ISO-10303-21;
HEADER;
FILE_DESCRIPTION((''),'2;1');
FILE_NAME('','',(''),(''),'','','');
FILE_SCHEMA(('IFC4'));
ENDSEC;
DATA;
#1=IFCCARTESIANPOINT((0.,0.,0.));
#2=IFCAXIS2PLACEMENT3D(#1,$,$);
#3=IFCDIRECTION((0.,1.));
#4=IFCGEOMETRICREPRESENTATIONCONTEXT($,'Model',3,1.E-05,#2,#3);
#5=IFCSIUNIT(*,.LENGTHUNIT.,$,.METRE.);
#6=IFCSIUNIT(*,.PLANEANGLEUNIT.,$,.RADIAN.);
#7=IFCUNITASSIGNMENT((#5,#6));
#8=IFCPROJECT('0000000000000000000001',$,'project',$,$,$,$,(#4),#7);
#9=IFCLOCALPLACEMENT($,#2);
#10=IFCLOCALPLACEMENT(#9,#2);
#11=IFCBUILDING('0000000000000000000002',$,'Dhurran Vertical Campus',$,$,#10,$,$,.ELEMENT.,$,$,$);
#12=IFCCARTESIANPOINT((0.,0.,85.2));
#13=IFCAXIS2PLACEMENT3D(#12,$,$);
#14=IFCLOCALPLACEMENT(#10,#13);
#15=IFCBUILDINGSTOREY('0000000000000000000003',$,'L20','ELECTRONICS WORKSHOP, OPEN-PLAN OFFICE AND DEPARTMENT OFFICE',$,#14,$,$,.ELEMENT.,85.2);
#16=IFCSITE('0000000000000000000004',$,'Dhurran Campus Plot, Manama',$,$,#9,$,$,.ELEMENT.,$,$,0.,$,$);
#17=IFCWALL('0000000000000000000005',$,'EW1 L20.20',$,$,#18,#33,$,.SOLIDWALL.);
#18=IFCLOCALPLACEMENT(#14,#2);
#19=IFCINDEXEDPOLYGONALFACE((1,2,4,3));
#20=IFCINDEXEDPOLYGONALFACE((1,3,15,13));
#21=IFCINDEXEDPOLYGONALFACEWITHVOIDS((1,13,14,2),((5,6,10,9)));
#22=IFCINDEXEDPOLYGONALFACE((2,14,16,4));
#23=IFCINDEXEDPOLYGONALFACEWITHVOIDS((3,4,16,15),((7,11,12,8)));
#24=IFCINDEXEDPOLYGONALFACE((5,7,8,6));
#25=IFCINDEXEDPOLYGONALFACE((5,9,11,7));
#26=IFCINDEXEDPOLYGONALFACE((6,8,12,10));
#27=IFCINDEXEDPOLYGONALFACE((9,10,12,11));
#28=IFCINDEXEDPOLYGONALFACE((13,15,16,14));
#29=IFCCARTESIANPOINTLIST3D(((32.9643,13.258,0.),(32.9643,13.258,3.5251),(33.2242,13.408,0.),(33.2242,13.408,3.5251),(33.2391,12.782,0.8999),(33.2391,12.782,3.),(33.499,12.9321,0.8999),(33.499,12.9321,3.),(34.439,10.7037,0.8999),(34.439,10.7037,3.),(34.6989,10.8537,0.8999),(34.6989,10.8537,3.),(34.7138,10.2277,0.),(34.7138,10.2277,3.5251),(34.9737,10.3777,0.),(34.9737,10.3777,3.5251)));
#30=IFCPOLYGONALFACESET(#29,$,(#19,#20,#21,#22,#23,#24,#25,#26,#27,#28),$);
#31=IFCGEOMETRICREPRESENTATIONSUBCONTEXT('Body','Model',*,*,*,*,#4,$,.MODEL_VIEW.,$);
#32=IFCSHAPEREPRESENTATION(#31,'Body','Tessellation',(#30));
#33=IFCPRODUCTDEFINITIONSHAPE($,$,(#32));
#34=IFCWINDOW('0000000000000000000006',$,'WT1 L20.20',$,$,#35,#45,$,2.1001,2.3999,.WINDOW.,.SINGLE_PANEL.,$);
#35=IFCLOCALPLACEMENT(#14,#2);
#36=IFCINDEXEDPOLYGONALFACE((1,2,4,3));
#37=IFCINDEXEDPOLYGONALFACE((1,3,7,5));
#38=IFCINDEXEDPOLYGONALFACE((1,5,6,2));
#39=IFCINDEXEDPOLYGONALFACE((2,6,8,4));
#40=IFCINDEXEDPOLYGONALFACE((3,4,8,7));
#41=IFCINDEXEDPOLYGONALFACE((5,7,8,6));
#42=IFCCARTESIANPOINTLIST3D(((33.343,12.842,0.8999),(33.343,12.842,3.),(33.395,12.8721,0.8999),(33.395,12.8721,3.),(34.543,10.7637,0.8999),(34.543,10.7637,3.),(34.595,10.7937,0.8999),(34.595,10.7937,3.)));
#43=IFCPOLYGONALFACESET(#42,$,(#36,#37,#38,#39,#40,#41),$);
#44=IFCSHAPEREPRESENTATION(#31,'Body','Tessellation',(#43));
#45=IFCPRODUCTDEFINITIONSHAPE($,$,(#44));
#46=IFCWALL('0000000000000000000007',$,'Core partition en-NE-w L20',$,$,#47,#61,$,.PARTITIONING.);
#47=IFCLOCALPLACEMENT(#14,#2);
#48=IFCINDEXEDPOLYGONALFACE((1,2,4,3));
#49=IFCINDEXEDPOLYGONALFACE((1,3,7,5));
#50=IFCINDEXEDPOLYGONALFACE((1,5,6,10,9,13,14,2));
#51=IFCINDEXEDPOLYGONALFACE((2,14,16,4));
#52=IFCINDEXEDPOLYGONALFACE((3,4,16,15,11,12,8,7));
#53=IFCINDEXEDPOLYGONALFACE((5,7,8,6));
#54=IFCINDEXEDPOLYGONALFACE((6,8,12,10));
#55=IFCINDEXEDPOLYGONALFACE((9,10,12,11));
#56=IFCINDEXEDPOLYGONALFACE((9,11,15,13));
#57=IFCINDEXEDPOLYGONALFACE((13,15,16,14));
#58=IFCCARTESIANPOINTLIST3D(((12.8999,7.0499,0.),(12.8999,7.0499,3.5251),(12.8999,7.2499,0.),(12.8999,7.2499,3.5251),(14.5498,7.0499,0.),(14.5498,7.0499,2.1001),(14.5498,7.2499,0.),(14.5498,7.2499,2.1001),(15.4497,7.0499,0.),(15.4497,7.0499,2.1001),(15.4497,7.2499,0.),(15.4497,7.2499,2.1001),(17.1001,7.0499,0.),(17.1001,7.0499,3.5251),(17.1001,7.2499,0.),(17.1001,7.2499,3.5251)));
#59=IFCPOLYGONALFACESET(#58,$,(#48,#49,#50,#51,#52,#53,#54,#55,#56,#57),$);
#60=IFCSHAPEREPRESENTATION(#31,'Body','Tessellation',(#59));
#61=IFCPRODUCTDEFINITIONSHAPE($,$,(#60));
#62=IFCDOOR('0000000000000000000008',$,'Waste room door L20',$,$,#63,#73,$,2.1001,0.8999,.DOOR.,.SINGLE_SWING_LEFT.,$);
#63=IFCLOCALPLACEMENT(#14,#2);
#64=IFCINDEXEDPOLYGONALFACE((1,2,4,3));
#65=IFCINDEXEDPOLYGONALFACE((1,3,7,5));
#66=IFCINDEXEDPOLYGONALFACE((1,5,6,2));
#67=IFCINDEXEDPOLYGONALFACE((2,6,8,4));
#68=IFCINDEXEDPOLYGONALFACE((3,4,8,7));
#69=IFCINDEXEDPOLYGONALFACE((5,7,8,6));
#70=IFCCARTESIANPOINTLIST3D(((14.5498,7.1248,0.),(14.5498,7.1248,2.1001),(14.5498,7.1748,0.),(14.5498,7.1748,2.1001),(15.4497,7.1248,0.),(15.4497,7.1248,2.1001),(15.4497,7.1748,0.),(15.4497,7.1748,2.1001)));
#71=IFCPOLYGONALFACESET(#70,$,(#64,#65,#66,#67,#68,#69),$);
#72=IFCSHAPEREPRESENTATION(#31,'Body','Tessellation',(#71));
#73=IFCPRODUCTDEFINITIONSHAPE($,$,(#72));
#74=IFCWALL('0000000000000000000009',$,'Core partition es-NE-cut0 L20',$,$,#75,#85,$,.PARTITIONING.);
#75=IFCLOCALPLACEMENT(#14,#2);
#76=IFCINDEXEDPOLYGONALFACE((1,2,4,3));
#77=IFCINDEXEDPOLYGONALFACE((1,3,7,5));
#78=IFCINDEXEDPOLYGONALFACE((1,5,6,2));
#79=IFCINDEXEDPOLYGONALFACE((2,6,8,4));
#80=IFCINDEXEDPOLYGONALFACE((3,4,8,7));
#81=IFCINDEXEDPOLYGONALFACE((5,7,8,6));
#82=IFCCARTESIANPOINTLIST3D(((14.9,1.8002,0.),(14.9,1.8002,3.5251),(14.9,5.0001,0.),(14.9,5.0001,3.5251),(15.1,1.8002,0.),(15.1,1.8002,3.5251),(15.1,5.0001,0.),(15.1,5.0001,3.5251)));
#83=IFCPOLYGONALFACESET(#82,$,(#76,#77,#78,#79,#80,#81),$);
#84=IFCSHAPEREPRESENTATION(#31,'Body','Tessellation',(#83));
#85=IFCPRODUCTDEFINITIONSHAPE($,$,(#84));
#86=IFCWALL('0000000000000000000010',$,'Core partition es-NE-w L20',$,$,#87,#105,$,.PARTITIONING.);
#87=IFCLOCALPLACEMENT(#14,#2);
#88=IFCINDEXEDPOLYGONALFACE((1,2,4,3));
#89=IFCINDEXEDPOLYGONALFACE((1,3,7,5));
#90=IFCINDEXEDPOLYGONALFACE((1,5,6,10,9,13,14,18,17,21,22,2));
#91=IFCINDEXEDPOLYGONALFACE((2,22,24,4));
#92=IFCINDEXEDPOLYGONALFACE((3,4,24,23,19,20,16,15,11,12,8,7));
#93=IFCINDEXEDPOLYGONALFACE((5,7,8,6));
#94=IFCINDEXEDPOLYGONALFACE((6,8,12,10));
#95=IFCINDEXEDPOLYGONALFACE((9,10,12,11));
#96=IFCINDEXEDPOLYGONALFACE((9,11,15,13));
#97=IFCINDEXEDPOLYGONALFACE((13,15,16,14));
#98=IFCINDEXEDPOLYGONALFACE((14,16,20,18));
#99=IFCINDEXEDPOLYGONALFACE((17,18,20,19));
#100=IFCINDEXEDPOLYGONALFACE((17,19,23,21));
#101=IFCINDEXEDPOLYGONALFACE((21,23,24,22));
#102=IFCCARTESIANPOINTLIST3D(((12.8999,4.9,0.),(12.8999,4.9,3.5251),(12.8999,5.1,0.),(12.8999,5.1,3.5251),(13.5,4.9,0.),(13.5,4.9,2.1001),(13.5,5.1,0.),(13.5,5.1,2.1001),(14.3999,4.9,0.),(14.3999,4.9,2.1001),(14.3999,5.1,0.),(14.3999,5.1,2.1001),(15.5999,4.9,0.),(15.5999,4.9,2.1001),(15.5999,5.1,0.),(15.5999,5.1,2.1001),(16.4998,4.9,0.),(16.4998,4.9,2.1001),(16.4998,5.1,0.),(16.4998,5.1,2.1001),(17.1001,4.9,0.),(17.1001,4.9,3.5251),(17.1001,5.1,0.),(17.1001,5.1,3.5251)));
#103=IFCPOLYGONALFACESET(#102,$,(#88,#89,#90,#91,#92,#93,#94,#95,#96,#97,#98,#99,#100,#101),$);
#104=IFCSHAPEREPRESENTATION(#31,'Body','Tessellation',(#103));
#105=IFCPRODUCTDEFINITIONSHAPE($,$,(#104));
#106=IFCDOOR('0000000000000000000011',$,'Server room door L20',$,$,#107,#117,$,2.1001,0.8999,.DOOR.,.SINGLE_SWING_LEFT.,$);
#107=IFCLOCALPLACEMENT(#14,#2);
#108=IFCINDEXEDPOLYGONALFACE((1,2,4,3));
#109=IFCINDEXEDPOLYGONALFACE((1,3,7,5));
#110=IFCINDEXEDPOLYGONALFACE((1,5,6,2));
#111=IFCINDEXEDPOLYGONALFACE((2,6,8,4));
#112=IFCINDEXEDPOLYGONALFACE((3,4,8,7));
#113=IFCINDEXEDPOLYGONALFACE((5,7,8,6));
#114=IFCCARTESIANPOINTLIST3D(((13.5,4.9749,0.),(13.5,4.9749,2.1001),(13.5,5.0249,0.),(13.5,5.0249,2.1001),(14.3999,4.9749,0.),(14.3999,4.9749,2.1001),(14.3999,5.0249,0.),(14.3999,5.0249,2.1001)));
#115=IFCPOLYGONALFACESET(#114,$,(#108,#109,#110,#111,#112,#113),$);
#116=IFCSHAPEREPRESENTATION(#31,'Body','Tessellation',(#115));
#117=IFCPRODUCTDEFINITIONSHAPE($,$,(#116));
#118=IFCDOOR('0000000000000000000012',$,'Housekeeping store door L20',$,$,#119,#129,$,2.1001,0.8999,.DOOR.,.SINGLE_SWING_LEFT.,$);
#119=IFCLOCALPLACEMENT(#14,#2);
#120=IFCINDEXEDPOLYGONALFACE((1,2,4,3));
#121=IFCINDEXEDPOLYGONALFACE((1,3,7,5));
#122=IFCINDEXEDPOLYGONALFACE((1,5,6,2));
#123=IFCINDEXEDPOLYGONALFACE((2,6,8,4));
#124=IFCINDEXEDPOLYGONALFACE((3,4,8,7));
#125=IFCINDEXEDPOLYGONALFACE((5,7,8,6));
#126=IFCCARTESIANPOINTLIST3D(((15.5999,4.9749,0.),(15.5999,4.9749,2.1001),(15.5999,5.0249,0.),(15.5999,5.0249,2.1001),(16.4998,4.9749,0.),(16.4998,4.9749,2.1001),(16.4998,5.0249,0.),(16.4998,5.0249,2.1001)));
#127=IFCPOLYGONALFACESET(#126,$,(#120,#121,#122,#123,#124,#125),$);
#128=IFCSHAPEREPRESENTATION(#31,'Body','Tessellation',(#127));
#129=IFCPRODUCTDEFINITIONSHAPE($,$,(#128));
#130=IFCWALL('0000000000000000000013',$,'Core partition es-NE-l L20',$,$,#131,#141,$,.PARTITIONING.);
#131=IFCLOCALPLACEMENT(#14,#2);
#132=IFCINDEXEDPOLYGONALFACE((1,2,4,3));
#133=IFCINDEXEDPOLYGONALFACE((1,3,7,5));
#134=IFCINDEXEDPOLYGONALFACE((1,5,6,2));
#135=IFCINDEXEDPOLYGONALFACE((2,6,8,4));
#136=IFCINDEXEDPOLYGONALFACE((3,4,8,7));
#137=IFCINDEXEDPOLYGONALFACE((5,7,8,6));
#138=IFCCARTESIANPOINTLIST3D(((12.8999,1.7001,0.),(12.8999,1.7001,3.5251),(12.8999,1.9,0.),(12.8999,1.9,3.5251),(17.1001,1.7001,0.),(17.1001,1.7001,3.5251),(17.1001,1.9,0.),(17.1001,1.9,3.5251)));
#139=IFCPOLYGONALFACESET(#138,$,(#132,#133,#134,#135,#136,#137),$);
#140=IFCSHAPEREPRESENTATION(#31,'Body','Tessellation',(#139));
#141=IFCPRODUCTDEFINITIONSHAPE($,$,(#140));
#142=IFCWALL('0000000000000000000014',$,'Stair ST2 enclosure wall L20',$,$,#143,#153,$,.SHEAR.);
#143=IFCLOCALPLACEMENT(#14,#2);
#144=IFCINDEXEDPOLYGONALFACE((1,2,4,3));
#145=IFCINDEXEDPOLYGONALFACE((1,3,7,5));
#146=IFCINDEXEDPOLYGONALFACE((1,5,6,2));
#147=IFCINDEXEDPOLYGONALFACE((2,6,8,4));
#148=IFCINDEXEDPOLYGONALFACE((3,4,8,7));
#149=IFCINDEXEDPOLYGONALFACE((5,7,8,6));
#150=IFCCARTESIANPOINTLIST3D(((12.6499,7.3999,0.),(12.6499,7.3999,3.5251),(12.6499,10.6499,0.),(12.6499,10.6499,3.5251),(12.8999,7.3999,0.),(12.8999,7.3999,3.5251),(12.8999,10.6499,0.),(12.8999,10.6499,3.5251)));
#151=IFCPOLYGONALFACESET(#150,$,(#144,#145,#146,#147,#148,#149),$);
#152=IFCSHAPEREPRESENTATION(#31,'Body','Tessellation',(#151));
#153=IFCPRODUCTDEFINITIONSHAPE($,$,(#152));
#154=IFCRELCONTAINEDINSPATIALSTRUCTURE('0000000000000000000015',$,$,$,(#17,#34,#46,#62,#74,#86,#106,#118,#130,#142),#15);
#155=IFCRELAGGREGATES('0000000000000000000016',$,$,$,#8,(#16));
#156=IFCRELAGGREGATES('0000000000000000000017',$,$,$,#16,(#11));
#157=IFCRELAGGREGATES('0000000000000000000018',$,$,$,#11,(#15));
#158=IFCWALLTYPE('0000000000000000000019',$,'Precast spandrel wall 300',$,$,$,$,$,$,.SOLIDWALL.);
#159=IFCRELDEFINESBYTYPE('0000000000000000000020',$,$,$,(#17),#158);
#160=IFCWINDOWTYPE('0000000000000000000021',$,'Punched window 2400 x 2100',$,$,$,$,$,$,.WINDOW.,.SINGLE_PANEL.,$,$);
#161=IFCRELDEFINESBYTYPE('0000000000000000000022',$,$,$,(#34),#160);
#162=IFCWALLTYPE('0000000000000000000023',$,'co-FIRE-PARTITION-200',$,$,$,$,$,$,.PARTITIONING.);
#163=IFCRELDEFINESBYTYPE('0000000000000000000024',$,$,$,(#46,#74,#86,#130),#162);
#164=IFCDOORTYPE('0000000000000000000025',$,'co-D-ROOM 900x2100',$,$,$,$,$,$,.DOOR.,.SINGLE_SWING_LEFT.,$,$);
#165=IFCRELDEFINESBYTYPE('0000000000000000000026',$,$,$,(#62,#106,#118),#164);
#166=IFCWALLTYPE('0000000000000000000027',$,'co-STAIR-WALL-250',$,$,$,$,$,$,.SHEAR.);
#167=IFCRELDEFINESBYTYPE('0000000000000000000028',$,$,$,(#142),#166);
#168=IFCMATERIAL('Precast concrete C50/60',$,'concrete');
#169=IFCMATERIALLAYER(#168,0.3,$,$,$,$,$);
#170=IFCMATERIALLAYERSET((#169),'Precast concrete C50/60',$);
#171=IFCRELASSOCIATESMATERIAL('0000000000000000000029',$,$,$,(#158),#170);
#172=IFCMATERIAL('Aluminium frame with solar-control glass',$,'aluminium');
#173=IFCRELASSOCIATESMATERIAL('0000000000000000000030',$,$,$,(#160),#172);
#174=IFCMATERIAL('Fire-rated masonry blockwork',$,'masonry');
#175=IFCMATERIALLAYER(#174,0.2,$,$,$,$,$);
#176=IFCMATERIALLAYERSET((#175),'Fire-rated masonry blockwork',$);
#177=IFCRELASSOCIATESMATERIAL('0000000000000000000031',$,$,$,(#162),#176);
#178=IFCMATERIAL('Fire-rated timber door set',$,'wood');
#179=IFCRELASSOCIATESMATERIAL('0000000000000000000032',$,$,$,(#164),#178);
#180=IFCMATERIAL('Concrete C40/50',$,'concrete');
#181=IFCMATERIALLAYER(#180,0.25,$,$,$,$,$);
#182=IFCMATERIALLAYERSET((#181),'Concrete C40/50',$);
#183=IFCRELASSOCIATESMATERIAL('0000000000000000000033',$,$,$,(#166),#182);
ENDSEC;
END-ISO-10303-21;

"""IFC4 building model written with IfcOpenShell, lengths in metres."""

from ifc_helpers import new_model, si_unit, direction, frame, frame_2d, origin, place, context, subcontext, project, spatial, rectangle, extrude, material, layer, layer_set, type_object, element, fill, save


model = new_model("IFC4")

# Units and contexts
model_context = context("Model", 3, precision=1e-05, world=origin(), true_north=direction((0.0, 1.0)))
body_context = subcontext(model_context, "Body", "Model", "MODEL_VIEW")
ifc_project = project(units=[si_unit("LENGTHUNIT", "METRE"), si_unit("PLANEANGLEUNIT", "RADIAN")], contexts=[model_context])

# Site, building, storey
site_placement = place(None, origin())
site = spatial("IfcSite", under=ifc_project, at=site_placement, Name="Dhurran Campus Plot, Manama", CompositionType="ELEMENT", RefElevation=0.0)
building_placement = place(site_placement, origin())
building = spatial("IfcBuilding", under=site, at=building_placement, Name="Dhurran Vertical Campus", CompositionType="ELEMENT")
storey_placement = place(building_placement, frame((0.0, 0.0, 85.2)))
storey = spatial("IfcBuildingStorey", under=building, at=storey_placement, Name="L20", Description="ELECTRONICS WORKSHOP, OPEN-PLAN OFFICE AND DEPARTMENT OFFICE", CompositionType="ELEMENT", Elevation=85.2)

# Wall, opening, window
ifc_material_1 = material(Name="Precast concrete C50/60", Category="concrete")
ifc_layer_1 = layer(ifc_material_1, 0.3)
ifc_layer_set_1 = layer_set([ifc_layer_1], Name="Precast concrete C50/60")
wall_type_1 = type_object("IfcWallType", Name="Precast spandrel wall 300", PredefinedType="SOLIDWALL", material=ifc_layer_set_1)
ifc_material_2 = material(Name="Aluminium frame with solar-control glass", Category="aluminium")
window_type = type_object("IfcWindowType", Name="Punched window 2400 x 2100", PartitioningType="SINGLE_PANEL", PredefinedType="WINDOW", material=ifc_material_2)
wall_1_placement = place(storey_placement, frame((34.8438, 10.3027, 0.0), z_axis=(0.0, 0.0, 1.0), x_axis=(-0.499996, 0.866028, 0.0)))
wall_1 = element("IfcWall", 1, at=wall_1_placement, inside=storey, type_object=wall_type_1, Name="EW1 L20.20", PredefinedType="SOLIDWALL", context=body_context, shape_type="SweptSolid", body=[
    extrude(rectangle(XDim=3.499, YDim=0.3, at=frame_2d((1.7495, 0.0))), origin(), (0.0, 0.0, 1.0), 3.5251),
])
opening_1_placement = place(wall_1_placement, frame((0.5496, 0.0, 0.8999)))
opening_1 = element("IfcOpeningElement", 2, at=opening_1_placement, cuts=wall_1, PredefinedType="OPENING", context=body_context, shape_type="SweptSolid", body=[
    extrude(rectangle(XDim=2.3999, YDim=2.1001, at=frame_2d((1.2, 1.05))), frame((0.0, 0.1599, 0.0), z_axis=(0.0, -1.0, 0.0), x_axis=(1.0, 0.0, 0.0)), (0.0, 0.0, 1.0), 0.3201),
])
window_1_placement = place(opening_1_placement, origin())
window_1 = element("IfcWindow", 3, at=window_1_placement, inside=storey, type_object=window_type, Name="WT1 L20.20", OverallHeight=2.1001, OverallWidth=2.3999, PartitioningType="SINGLE_PANEL", PredefinedType="WINDOW", context=body_context, shape_type="SweptSolid", body=[
    extrude(rectangle(XDim=2.3999, YDim=2.1001, at=frame_2d((1.2, 1.05))), frame((0.0, 0.03, 0.0), z_axis=(0.0, -1.0, 0.0), x_axis=(1.0, 0.0, 0.0)), (0.0, 0.0, 1.0), 0.0601),
])
fill(opening_1, window_1)

# Wall, opening, door
ifc_material_3 = material(Name="Fire-rated masonry blockwork", Category="masonry")
ifc_layer_2 = layer(ifc_material_3, 0.2)
ifc_layer_set_2 = layer_set([ifc_layer_2], Name="Fire-rated masonry blockwork")
wall_type_2 = type_object("IfcWallType", Name="co-FIRE-PARTITION-200", PredefinedType="PARTITIONING", material=ifc_layer_set_2)
wall_2_placement = place(storey_placement, frame((12.8999, 7.1499, 0.0), z_axis=(0.0, 0.0, 1.0), x_axis=(1.0, 0.0, 0.0)))
wall_2 = element("IfcWall", 4, at=wall_2_placement, inside=storey, type_object=wall_type_2, Name="Core partition en-NE-w L20", PredefinedType="PARTITIONING", context=body_context, shape_type="SweptSolid", body=[
    extrude(rectangle(XDim=4.2002, YDim=0.2, at=frame_2d((2.1001, 0.0))), origin(), (0.0, 0.0, 1.0), 3.5251),
])
opening_2_placement = place(wall_2_placement, frame((1.6499, 0.0, 0.0)))
opening_2 = element("IfcOpeningElement", 5, at=opening_2_placement, cuts=wall_2, PredefinedType="OPENING", context=body_context, shape_type="SweptSolid", body=[
    extrude(rectangle(XDim=0.8999, YDim=2.1001, at=frame_2d((0.45, 1.05))), frame((0.0, 0.1099, 0.0), z_axis=(0.0, -1.0, 0.0), x_axis=(1.0, 0.0, 0.0)), (0.0, 0.0, 1.0), 0.22),
])
ifc_material_4 = material(Name="Fire-rated timber door set", Category="wood")
door_type_1 = type_object("IfcDoorType", Name="co-D-ROOM 900x2100", OperationType="SINGLE_SWING_LEFT", PredefinedType="DOOR", material=ifc_material_4)
door_1_placement = place(opening_2_placement, origin())
door_1 = element("IfcDoor", 6, at=door_1_placement, inside=storey, type_object=door_type_1, Name="Waste room door L20", OperationType="SINGLE_SWING_LEFT", OverallHeight=2.1001, OverallWidth=0.8999, PredefinedType="DOOR", context=body_context, shape_type="SweptSolid", body=[
    extrude(rectangle(XDim=0.8999, YDim=2.1001, at=frame_2d((0.45, 1.05))), frame((0.0, 0.0249, 0.0), z_axis=(0.0, -1.0, 0.0), x_axis=(1.0, 0.0, 0.0)), (0.0, 0.0, 1.0), 0.05),
])
fill(opening_2, door_1)

# Wall
wall_3_placement = place(storey_placement, frame((15.0, 1.8, 0.0), z_axis=(0.0, 0.0, 1.0), x_axis=(0.0, 1.0, 0.0)))
element("IfcWall", 7, at=wall_3_placement, inside=storey, type_object=wall_type_2, Name="Core partition es-NE-cut0 L20", PredefinedType="PARTITIONING", context=body_context, shape_type="SweptSolid", body=[
    extrude(rectangle(XDim=3.2, YDim=0.2, at=frame_2d((1.6001, 0.0))), origin(), (0.0, 0.0, 1.0), 3.5251),
])

# Wall, openings, doors
wall_4_placement = place(storey_placement, frame((12.8999, 5.0, 0.0), z_axis=(0.0, 0.0, 1.0), x_axis=(1.0, 0.0, 0.0)))
wall_4 = element("IfcWall", 8, at=wall_4_placement, inside=storey, type_object=wall_type_2, Name="Core partition es-NE-w L20", PredefinedType="PARTITIONING", context=body_context, shape_type="SweptSolid", body=[
    extrude(rectangle(XDim=4.2002, YDim=0.2, at=frame_2d((2.1001, 0.0))), origin(), (0.0, 0.0, 1.0), 3.5251),
])
opening_3_placement = place(wall_4_placement, frame((0.6001, 0.0, 0.0)))
opening_3 = element("IfcOpeningElement", 9, at=opening_3_placement, cuts=wall_4, PredefinedType="OPENING", context=body_context, shape_type="SweptSolid", body=[
    extrude(rectangle(XDim=0.8999, YDim=2.1001, at=frame_2d((0.45, 1.05))), frame((0.0, 0.1099, 0.0), z_axis=(0.0, -1.0, 0.0), x_axis=(1.0, 0.0, 0.0)), (0.0, 0.0, 1.0), 0.22),
])
opening_4_placement = place(wall_4_placement, frame((2.7, 0.0, 0.0)))
opening_4 = element("IfcOpeningElement", 10, at=opening_4_placement, cuts=wall_4, PredefinedType="OPENING", context=body_context, shape_type="SweptSolid", body=[
    extrude(rectangle(XDim=0.8999, YDim=2.1001, at=frame_2d((0.45, 1.05))), frame((0.0, 0.1099, 0.0), z_axis=(0.0, -1.0, 0.0), x_axis=(1.0, 0.0, 0.0)), (0.0, 0.0, 1.0), 0.22),
])
door_2_placement = place(opening_3_placement, origin())
door_2 = element("IfcDoor", 11, at=door_2_placement, inside=storey, type_object=door_type_1, Name="Server room door L20", OperationType="SINGLE_SWING_LEFT", OverallHeight=2.1001, OverallWidth=0.8999, PredefinedType="DOOR", context=body_context, shape_type="SweptSolid", body=[
    extrude(rectangle(XDim=0.8999, YDim=2.1001, at=frame_2d((0.45, 1.05))), frame((0.0, 0.0249, 0.0), z_axis=(0.0, -1.0, 0.0), x_axis=(1.0, 0.0, 0.0)), (0.0, 0.0, 1.0), 0.05),
])
fill(opening_3, door_2)
door_3_placement = place(opening_4_placement, origin())
door_3 = element("IfcDoor", 12, at=door_3_placement, inside=storey, type_object=door_type_1, Name="Housekeeping store door L20", OperationType="SINGLE_SWING_LEFT", OverallHeight=2.1001, OverallWidth=0.8999, PredefinedType="DOOR", context=body_context, shape_type="SweptSolid", body=[
    extrude(rectangle(XDim=0.8999, YDim=2.1001, at=frame_2d((0.45, 1.05))), frame((0.0, 0.0249, 0.0), z_axis=(0.0, -1.0, 0.0), x_axis=(1.0, 0.0, 0.0)), (0.0, 0.0, 1.0), 0.05),
])
fill(opening_4, door_3)

# Walls
wall_5_placement = place(storey_placement, frame((12.8999, 1.8, 0.0), z_axis=(0.0, 0.0, 1.0), x_axis=(1.0, 0.0, 0.0)))
element("IfcWall", 13, at=wall_5_placement, inside=storey, type_object=wall_type_2, Name="Core partition es-NE-l L20", PredefinedType="PARTITIONING", context=body_context, shape_type="SweptSolid", body=[
    extrude(rectangle(XDim=4.2002, YDim=0.2, at=frame_2d((2.1001, 0.0))), origin(), (0.0, 0.0, 1.0), 3.5251),
])
ifc_material_5 = material(Name="Concrete C40/50", Category="concrete")
ifc_layer_3 = layer(ifc_material_5, 0.25)
ifc_layer_set_3 = layer_set([ifc_layer_3], Name="Concrete C40/50")
wall_type_3 = type_object("IfcWallType", Name="co-STAIR-WALL-250", PredefinedType="SHEAR", material=ifc_layer_set_3)
wall_6_placement = place(storey_placement, frame((12.7749, 7.3999, 0.0), z_axis=(0.0, 0.0, 1.0), x_axis=(0.0, 1.0, 0.0)))
element("IfcWall", 14, at=wall_6_placement, inside=storey, type_object=wall_type_3, Name="Stair ST2 enclosure wall L20", PredefinedType="SHEAR", context=body_context, shape_type="SweptSolid", body=[
    extrude(rectangle(XDim=3.25, YDim=0.25, at=frame_2d((1.625, 0.0))), origin(), (0.0, 0.0, 1.0), 3.5251),
])

save(model, "model.ifc")
